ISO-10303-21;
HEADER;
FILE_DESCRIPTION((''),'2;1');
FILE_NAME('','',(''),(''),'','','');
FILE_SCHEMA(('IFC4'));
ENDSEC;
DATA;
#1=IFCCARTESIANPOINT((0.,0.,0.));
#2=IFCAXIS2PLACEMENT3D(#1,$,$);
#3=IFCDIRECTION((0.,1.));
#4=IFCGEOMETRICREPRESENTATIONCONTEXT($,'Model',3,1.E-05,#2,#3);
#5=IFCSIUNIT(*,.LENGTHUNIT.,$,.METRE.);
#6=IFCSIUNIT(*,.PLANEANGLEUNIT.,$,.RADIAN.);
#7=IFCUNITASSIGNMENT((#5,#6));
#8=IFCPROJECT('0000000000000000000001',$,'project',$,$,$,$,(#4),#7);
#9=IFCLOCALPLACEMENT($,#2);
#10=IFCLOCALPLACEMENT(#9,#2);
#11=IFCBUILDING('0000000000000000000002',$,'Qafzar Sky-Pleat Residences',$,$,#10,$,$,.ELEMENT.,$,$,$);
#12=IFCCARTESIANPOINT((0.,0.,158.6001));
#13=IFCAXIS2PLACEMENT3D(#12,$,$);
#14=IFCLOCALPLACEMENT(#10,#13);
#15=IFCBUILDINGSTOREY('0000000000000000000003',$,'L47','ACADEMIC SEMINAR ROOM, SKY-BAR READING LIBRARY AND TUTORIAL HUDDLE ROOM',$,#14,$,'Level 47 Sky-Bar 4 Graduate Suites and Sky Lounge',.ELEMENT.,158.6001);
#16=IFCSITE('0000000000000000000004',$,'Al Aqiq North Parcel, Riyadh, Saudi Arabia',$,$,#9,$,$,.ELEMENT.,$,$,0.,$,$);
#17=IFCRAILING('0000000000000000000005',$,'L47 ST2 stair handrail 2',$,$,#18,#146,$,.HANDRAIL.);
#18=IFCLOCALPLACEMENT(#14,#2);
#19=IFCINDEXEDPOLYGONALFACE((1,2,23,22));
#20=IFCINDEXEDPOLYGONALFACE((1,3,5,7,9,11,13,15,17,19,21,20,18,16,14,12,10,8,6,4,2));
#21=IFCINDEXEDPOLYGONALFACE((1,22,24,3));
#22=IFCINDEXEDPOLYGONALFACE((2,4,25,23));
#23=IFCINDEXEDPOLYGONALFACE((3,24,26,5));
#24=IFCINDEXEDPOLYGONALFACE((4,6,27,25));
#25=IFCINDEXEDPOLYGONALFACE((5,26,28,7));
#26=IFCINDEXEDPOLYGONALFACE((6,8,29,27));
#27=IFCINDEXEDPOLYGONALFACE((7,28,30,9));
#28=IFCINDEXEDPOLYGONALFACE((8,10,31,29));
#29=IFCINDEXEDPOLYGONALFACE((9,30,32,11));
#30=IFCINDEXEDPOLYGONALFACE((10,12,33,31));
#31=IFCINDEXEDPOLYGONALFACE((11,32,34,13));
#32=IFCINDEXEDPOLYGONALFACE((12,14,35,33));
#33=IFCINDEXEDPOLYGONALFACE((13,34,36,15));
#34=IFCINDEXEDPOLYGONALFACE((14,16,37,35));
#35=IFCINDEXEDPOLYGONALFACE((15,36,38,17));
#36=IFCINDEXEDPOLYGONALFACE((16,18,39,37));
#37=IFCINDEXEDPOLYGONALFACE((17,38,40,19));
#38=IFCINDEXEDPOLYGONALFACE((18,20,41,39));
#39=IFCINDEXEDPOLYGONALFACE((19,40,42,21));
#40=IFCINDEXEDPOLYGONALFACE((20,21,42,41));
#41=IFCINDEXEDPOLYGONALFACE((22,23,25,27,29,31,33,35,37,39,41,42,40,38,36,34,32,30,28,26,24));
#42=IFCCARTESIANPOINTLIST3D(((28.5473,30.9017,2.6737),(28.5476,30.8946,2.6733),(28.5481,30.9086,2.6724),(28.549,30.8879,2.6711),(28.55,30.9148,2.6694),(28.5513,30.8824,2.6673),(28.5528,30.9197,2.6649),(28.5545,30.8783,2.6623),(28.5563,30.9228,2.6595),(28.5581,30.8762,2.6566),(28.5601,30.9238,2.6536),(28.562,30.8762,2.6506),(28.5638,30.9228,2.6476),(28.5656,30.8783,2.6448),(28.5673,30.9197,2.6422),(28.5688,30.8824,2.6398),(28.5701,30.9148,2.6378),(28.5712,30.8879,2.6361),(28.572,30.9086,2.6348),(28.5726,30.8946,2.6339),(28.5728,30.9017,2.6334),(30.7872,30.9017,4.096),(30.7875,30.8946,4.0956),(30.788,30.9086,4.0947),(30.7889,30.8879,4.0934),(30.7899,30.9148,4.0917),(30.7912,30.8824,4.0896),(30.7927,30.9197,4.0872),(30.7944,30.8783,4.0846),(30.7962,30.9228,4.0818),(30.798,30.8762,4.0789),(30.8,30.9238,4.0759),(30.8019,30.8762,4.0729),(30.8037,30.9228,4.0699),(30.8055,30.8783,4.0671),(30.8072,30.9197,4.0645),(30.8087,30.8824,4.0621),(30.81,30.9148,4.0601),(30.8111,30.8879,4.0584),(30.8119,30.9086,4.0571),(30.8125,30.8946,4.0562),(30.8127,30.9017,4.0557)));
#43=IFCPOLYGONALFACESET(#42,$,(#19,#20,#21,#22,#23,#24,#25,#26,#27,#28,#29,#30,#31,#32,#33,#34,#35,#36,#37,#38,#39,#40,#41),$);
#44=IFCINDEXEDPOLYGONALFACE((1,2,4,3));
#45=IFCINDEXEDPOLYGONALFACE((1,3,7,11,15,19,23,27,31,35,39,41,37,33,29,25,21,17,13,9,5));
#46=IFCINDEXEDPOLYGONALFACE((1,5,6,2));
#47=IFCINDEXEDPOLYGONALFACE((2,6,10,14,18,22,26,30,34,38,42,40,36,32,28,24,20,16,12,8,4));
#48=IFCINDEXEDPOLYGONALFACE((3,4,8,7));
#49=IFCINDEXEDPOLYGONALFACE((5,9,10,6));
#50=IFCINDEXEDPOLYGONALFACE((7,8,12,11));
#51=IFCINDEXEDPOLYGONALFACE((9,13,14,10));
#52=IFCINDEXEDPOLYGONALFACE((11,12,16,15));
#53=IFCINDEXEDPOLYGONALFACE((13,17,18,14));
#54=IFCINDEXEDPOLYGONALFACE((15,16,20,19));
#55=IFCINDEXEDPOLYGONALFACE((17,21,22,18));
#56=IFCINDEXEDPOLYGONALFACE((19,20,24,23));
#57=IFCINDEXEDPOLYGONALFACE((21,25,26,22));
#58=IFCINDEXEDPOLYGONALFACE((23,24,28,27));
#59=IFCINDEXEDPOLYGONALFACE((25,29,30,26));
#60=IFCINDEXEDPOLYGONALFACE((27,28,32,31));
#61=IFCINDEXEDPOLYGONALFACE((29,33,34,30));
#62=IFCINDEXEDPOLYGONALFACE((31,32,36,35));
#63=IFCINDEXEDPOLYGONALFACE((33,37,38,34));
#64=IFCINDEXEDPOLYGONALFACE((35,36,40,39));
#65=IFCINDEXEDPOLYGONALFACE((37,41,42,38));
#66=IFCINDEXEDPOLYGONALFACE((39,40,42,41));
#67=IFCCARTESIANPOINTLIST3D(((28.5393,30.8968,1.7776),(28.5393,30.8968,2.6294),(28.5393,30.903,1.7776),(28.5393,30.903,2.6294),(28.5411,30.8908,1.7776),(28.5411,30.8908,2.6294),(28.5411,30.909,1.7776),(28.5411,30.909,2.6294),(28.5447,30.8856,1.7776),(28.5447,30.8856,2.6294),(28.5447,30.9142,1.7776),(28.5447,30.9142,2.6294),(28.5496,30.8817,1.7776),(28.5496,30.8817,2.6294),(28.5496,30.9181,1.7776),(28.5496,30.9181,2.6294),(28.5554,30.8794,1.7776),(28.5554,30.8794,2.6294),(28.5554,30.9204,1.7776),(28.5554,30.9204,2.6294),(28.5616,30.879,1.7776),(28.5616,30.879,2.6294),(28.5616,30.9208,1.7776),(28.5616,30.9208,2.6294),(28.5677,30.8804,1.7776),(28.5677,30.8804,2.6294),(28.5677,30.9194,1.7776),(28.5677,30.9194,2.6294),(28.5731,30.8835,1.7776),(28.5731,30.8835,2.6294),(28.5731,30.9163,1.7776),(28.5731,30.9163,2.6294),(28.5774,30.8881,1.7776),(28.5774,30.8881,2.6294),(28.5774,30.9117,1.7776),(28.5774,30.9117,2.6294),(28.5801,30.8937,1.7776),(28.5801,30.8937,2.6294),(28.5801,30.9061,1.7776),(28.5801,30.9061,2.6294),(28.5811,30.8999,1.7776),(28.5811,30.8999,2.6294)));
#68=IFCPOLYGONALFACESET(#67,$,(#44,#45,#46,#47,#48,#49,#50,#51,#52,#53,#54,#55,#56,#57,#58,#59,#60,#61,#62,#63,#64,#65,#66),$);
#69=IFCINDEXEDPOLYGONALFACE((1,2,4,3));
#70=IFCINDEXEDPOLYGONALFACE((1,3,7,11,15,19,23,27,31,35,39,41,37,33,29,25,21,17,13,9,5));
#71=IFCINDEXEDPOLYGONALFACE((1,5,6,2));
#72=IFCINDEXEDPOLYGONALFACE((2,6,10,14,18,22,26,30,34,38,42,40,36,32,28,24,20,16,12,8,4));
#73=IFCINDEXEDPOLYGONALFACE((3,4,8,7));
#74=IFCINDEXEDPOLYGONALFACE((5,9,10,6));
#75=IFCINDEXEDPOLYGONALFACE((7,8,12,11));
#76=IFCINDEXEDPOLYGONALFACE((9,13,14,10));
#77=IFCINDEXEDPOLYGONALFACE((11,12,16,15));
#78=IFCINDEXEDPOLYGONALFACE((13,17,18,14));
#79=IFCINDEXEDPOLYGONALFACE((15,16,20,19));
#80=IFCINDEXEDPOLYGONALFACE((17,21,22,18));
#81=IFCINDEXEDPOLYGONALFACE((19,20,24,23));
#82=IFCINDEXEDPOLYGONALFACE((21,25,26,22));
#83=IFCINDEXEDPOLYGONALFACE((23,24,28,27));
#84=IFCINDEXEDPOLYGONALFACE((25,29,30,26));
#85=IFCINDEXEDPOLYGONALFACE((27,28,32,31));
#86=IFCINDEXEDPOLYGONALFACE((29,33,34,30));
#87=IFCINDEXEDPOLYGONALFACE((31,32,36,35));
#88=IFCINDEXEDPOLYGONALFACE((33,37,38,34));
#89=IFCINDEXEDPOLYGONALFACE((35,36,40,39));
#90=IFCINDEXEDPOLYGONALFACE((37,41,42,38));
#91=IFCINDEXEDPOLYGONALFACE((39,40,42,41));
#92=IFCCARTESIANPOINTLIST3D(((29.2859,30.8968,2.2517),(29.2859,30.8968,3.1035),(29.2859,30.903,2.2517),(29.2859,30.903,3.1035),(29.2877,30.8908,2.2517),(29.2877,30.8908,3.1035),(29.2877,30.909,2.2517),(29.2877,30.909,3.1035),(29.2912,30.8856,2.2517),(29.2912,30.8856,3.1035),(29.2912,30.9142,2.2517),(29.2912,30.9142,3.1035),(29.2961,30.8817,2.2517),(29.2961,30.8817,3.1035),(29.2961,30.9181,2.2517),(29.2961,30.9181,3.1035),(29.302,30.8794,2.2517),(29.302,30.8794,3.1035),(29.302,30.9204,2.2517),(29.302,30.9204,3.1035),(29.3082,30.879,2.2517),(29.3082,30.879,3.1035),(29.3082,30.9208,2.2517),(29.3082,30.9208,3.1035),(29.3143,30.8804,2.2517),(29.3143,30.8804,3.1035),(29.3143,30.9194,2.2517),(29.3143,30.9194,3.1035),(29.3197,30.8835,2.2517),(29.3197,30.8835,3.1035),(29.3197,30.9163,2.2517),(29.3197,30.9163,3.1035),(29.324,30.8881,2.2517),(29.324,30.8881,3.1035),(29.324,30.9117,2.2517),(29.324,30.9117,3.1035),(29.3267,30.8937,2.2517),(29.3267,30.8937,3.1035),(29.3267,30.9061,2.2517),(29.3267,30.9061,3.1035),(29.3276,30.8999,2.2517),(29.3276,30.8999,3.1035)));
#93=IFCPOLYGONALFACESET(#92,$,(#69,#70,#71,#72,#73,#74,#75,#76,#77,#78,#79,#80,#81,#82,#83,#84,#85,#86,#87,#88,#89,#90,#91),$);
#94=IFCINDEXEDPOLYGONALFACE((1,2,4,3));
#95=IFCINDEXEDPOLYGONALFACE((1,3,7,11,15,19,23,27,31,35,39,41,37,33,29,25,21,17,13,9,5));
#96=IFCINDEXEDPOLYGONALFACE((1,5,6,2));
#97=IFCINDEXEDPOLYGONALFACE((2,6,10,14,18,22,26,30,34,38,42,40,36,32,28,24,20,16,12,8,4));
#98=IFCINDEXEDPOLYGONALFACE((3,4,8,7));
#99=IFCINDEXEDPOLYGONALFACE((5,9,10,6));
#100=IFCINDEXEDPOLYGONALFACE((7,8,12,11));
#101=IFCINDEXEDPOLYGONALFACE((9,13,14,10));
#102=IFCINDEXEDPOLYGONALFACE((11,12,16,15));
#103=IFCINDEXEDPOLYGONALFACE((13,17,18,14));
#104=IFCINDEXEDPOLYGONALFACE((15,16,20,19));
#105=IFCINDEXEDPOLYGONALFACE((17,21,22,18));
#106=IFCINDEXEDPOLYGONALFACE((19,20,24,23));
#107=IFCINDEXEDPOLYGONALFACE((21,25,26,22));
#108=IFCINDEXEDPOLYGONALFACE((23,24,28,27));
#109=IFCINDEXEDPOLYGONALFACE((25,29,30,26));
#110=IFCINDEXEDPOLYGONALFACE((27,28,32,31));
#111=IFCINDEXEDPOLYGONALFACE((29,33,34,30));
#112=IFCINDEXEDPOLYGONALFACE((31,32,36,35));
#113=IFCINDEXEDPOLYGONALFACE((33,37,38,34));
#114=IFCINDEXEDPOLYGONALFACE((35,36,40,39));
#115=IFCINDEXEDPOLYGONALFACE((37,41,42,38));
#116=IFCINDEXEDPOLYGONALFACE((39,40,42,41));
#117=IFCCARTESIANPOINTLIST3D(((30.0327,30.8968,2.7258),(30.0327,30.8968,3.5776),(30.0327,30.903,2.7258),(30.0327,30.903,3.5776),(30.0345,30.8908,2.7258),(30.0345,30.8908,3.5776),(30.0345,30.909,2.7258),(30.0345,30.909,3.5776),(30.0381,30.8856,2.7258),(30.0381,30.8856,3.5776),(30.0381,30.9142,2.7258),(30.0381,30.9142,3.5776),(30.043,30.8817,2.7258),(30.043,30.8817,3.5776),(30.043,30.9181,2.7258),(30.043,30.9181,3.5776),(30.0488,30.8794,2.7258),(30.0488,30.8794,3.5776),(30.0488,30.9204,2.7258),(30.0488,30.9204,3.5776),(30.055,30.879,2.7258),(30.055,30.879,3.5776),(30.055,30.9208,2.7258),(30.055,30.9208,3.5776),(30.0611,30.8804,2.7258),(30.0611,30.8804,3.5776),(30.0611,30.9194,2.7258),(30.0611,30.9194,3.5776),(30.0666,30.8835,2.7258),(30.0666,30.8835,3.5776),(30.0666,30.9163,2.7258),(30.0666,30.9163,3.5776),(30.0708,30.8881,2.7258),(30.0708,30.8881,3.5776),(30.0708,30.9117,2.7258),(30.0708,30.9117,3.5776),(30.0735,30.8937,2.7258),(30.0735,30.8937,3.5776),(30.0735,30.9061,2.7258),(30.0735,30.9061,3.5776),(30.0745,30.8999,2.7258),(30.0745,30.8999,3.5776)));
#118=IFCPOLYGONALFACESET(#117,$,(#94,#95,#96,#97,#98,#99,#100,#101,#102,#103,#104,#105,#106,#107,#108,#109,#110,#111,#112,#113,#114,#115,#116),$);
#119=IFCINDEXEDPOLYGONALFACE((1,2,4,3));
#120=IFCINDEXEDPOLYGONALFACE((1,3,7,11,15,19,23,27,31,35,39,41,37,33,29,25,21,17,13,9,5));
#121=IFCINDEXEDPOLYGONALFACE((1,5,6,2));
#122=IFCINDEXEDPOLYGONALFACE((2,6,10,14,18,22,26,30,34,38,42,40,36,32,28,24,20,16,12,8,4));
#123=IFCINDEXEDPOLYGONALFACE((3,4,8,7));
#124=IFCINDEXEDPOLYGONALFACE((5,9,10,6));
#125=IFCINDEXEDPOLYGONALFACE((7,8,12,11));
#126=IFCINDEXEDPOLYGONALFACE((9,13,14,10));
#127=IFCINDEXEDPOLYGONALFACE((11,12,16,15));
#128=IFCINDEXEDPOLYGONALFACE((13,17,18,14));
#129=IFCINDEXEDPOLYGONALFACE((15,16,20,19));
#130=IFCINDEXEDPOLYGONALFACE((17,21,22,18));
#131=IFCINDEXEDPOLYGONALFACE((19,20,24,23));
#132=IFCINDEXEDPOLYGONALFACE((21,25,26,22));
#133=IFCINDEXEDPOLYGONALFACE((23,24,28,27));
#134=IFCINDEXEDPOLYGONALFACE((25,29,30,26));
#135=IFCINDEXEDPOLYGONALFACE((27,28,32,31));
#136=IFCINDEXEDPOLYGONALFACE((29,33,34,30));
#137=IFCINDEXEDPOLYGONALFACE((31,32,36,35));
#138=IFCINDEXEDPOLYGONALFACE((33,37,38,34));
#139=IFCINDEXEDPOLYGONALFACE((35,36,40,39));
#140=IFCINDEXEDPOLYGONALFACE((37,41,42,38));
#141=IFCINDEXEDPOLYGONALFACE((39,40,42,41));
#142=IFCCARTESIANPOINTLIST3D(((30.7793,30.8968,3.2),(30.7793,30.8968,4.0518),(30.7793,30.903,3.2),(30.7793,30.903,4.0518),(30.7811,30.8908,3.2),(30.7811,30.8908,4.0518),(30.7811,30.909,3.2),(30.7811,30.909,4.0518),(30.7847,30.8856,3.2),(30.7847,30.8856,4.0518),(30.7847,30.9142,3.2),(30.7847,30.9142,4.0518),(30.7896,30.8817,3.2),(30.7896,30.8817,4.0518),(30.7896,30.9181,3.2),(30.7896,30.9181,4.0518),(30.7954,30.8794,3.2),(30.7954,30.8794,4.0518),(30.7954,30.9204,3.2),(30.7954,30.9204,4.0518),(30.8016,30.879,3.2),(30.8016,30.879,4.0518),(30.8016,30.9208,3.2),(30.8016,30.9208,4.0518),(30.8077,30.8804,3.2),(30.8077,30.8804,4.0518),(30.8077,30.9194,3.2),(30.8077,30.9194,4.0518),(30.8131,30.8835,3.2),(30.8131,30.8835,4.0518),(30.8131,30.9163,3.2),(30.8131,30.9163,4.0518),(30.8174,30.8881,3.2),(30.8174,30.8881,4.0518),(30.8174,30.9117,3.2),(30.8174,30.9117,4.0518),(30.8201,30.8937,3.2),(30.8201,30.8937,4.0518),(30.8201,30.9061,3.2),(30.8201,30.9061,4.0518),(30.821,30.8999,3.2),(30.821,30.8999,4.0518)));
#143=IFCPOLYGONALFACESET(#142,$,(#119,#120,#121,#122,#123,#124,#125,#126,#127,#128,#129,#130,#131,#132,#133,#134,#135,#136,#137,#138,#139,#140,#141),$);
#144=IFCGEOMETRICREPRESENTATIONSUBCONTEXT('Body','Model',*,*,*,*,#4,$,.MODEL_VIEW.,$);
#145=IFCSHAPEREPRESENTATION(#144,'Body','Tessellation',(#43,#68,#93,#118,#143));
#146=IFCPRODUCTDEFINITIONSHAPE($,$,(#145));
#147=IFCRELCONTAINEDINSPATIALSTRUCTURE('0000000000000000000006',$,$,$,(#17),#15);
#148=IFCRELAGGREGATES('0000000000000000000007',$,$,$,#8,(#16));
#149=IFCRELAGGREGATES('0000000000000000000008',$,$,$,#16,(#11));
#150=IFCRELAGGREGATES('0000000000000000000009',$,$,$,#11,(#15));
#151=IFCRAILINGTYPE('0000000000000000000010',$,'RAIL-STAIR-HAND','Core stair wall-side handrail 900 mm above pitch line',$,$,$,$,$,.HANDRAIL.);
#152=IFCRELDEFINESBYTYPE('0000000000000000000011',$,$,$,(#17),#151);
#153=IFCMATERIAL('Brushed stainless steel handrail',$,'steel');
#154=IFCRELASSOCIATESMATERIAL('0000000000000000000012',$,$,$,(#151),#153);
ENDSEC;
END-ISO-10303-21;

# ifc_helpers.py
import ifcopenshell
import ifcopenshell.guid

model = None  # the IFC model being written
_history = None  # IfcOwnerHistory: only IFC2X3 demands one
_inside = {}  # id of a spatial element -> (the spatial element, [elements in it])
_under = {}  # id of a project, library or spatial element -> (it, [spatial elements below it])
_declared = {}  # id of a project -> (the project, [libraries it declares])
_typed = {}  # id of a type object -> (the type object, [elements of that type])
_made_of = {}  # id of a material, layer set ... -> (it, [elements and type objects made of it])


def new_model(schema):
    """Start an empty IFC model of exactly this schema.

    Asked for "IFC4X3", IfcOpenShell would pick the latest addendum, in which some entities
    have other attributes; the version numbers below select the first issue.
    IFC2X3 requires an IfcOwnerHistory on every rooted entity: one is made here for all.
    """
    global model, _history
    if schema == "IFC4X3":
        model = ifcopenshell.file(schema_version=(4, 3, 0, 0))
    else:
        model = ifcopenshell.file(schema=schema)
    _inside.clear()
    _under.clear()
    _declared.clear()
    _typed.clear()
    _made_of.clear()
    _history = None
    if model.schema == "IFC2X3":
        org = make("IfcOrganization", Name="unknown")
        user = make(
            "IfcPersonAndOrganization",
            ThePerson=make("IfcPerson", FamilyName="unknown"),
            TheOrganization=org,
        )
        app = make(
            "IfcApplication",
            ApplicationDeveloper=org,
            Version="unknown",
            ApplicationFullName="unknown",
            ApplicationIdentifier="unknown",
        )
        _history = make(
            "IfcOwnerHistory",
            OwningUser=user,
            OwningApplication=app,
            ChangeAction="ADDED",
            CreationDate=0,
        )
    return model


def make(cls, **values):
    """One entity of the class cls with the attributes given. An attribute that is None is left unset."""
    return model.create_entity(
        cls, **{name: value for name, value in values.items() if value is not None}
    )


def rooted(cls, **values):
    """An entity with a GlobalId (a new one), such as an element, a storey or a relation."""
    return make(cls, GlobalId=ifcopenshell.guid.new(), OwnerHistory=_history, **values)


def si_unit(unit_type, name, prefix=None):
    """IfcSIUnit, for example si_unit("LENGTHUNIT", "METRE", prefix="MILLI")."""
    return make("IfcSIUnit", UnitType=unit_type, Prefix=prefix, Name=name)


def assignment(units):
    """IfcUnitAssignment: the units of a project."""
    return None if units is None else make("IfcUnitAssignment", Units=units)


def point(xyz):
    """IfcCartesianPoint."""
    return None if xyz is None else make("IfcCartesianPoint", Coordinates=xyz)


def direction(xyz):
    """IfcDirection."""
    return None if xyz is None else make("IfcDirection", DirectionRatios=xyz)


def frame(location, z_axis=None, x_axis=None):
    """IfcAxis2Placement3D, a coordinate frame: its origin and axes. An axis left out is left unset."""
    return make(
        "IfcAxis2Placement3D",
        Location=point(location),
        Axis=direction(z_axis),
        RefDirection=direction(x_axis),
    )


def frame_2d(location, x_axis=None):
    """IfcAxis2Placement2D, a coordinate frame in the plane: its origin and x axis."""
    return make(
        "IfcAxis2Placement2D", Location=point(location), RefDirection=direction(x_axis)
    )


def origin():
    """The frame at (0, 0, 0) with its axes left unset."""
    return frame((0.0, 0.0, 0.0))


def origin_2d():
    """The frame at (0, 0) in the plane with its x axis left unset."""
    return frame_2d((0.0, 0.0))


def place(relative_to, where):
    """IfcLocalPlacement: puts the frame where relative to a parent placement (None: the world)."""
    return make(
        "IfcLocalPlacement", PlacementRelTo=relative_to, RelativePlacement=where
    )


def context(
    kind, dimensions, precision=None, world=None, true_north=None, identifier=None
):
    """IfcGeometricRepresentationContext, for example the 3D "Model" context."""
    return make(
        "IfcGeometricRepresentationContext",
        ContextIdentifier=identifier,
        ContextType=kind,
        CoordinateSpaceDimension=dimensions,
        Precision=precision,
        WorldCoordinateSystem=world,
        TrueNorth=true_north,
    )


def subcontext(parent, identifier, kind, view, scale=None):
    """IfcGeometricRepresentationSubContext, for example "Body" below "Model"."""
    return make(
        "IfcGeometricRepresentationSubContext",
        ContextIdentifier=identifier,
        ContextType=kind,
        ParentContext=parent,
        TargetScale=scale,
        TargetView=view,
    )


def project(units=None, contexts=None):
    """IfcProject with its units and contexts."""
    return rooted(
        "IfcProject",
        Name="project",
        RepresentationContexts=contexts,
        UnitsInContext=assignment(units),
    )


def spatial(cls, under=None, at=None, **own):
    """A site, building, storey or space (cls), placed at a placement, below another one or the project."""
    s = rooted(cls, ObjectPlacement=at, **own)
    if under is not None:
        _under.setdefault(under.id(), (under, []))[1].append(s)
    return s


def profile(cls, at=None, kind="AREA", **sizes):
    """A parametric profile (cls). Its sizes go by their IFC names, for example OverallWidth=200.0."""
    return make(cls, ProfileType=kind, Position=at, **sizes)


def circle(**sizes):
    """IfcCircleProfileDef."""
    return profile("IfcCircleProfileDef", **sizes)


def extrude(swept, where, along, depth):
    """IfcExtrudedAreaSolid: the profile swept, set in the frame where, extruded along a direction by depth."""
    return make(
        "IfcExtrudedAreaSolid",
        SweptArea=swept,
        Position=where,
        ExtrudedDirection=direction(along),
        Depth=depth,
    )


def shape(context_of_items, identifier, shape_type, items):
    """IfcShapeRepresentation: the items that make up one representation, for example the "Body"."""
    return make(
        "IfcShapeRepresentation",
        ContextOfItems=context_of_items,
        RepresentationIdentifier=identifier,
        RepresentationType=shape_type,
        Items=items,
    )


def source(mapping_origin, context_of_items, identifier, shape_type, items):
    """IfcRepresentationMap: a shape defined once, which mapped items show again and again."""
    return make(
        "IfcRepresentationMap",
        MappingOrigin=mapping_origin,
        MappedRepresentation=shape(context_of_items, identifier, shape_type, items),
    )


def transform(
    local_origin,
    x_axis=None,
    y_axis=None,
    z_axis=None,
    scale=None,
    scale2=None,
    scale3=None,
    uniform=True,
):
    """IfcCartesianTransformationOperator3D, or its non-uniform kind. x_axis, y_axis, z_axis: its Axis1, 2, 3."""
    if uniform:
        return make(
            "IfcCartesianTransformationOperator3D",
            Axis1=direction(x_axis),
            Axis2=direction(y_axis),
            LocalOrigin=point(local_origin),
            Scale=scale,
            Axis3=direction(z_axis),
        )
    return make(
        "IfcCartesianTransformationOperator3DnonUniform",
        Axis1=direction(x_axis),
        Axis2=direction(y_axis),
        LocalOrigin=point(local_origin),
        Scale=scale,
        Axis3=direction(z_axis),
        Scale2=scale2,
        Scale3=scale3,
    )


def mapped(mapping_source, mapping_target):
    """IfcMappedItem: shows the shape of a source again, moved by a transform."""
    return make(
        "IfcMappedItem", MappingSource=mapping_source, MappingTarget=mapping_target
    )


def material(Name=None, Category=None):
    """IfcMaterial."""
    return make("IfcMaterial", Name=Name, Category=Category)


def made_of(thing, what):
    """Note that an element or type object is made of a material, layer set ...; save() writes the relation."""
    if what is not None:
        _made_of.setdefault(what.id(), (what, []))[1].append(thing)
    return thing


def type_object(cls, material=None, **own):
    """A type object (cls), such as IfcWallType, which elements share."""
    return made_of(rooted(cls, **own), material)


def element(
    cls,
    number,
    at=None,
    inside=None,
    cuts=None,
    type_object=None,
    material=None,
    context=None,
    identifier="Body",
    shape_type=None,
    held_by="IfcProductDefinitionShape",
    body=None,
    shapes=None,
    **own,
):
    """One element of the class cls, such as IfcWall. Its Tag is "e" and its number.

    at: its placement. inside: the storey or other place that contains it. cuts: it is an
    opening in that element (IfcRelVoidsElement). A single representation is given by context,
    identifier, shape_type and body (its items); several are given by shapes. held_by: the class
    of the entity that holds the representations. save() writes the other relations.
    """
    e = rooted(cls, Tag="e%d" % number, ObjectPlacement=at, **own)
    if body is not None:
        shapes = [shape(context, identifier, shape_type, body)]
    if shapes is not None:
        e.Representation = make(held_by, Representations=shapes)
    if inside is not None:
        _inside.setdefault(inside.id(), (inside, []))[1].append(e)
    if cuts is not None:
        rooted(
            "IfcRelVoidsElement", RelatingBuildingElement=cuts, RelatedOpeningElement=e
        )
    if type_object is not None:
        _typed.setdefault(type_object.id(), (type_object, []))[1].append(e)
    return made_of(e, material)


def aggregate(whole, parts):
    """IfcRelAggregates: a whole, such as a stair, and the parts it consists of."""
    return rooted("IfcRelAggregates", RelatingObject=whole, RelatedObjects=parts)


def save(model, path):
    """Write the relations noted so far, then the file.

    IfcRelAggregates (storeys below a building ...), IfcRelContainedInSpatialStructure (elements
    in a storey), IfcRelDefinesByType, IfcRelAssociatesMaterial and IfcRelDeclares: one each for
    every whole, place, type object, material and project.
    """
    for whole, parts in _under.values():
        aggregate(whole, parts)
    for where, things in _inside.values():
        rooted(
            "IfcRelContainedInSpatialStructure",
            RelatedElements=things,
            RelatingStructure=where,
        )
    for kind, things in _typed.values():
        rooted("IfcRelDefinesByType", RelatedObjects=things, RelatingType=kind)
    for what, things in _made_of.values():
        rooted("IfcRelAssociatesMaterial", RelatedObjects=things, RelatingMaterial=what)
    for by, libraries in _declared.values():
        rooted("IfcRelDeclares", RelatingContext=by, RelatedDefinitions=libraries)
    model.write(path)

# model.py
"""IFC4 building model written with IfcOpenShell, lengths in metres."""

from ifc_helpers import new_model, si_unit, direction, frame, origin, origin_2d, place, context, subcontext, project, spatial, circle, extrude, source, transform, mapped, material, type_object, element, save


model = new_model("IFC4")

# Units and contexts
model_context = context("Model", 3, precision=1e-05, world=origin(), true_north=direction((0.0, 1.0)))
body_context = subcontext(model_context, "Body", "Model", "MODEL_VIEW")
ifc_project = project(units=[si_unit("LENGTHUNIT", "METRE"), si_unit("PLANEANGLEUNIT", "RADIAN")], contexts=[model_context])

# Site, building, storey
site_placement = place(None, origin())
site = spatial("IfcSite", under=ifc_project, at=site_placement, Name="Al Aqiq North Parcel, Riyadh, Saudi Arabia", CompositionType="ELEMENT", RefElevation=0.0)
building_placement = place(site_placement, origin())
building = spatial("IfcBuilding", under=site, at=building_placement, Name="Qafzar Sky-Pleat Residences", CompositionType="ELEMENT")
storey_placement = place(building_placement, frame((0.0, 0.0, 158.6001)))
storey = spatial("IfcBuildingStorey", under=building, at=storey_placement, Name="L47", Description="ACADEMIC SEMINAR ROOM, SKY-BAR READING LIBRARY AND TUTORIAL HUDDLE ROOM", LongName="Level 47 Sky-Bar 4 Graduate Suites and Sky Lounge", CompositionType="ELEMENT", Elevation=158.6001)

# Railing
ifc_material_1 = material(Name="Brushed stainless steel handrail", Category="steel")
railing_type_1 = type_object("IfcRailingType", Name="RAIL-STAIR-HAND", Description="Core stair wall-side handrail 900 mm above pitch line", PredefinedType="HANDRAIL", material=ifc_material_1)
shared_shape_1 = source(origin(), body_context, "Body", "SweptSolid", [
    extrude(circle(Radius=0.0239, at=origin_2d()), frame((0.0, 0.0, 0.876), z_axis=(0.844188, 0.0, 0.536048), x_axis=(0.0, 1.0, 0.0)), (0.0, 0.0, 1.0), 2.6533),
    extrude(circle(Radius=0.021, at=origin_2d()), origin(), (0.0, 0.0, 1.0), 0.8518),
    extrude(circle(Radius=0.021, at=origin_2d()), frame((0.7466, 0.0, 0.4741)), (0.0, 0.0, 1.0), 0.8518),
    extrude(circle(Radius=0.021, at=origin_2d()), frame((1.4934, 0.0, 0.9482)), (0.0, 0.0, 1.0), 0.8518),
    extrude(circle(Radius=0.021, at=origin_2d()), frame((2.24, 0.0, 1.4224)), (0.0, 0.0, 1.0), 0.8518),
])
railing_1_placement = place(storey_placement, frame((28.5601, 30.8999, 1.7776)))
element("IfcRailing", 1, at=railing_1_placement, inside=storey, type_object=railing_type_1, Name="L47 ST2 stair handrail 2", PredefinedType="HANDRAIL", context=body_context, shape_type="MappedRepresentation", body=[
    mapped(shared_shape_1, transform((0.0, 0.0, 0.0), x_axis=(1.0, 0.0, 0.0), y_axis=(0.0, 1.0, 0.0), z_axis=(0.0, 0.0, 1.0), scale=1.0)),
])

save(model, "model.ifc")
